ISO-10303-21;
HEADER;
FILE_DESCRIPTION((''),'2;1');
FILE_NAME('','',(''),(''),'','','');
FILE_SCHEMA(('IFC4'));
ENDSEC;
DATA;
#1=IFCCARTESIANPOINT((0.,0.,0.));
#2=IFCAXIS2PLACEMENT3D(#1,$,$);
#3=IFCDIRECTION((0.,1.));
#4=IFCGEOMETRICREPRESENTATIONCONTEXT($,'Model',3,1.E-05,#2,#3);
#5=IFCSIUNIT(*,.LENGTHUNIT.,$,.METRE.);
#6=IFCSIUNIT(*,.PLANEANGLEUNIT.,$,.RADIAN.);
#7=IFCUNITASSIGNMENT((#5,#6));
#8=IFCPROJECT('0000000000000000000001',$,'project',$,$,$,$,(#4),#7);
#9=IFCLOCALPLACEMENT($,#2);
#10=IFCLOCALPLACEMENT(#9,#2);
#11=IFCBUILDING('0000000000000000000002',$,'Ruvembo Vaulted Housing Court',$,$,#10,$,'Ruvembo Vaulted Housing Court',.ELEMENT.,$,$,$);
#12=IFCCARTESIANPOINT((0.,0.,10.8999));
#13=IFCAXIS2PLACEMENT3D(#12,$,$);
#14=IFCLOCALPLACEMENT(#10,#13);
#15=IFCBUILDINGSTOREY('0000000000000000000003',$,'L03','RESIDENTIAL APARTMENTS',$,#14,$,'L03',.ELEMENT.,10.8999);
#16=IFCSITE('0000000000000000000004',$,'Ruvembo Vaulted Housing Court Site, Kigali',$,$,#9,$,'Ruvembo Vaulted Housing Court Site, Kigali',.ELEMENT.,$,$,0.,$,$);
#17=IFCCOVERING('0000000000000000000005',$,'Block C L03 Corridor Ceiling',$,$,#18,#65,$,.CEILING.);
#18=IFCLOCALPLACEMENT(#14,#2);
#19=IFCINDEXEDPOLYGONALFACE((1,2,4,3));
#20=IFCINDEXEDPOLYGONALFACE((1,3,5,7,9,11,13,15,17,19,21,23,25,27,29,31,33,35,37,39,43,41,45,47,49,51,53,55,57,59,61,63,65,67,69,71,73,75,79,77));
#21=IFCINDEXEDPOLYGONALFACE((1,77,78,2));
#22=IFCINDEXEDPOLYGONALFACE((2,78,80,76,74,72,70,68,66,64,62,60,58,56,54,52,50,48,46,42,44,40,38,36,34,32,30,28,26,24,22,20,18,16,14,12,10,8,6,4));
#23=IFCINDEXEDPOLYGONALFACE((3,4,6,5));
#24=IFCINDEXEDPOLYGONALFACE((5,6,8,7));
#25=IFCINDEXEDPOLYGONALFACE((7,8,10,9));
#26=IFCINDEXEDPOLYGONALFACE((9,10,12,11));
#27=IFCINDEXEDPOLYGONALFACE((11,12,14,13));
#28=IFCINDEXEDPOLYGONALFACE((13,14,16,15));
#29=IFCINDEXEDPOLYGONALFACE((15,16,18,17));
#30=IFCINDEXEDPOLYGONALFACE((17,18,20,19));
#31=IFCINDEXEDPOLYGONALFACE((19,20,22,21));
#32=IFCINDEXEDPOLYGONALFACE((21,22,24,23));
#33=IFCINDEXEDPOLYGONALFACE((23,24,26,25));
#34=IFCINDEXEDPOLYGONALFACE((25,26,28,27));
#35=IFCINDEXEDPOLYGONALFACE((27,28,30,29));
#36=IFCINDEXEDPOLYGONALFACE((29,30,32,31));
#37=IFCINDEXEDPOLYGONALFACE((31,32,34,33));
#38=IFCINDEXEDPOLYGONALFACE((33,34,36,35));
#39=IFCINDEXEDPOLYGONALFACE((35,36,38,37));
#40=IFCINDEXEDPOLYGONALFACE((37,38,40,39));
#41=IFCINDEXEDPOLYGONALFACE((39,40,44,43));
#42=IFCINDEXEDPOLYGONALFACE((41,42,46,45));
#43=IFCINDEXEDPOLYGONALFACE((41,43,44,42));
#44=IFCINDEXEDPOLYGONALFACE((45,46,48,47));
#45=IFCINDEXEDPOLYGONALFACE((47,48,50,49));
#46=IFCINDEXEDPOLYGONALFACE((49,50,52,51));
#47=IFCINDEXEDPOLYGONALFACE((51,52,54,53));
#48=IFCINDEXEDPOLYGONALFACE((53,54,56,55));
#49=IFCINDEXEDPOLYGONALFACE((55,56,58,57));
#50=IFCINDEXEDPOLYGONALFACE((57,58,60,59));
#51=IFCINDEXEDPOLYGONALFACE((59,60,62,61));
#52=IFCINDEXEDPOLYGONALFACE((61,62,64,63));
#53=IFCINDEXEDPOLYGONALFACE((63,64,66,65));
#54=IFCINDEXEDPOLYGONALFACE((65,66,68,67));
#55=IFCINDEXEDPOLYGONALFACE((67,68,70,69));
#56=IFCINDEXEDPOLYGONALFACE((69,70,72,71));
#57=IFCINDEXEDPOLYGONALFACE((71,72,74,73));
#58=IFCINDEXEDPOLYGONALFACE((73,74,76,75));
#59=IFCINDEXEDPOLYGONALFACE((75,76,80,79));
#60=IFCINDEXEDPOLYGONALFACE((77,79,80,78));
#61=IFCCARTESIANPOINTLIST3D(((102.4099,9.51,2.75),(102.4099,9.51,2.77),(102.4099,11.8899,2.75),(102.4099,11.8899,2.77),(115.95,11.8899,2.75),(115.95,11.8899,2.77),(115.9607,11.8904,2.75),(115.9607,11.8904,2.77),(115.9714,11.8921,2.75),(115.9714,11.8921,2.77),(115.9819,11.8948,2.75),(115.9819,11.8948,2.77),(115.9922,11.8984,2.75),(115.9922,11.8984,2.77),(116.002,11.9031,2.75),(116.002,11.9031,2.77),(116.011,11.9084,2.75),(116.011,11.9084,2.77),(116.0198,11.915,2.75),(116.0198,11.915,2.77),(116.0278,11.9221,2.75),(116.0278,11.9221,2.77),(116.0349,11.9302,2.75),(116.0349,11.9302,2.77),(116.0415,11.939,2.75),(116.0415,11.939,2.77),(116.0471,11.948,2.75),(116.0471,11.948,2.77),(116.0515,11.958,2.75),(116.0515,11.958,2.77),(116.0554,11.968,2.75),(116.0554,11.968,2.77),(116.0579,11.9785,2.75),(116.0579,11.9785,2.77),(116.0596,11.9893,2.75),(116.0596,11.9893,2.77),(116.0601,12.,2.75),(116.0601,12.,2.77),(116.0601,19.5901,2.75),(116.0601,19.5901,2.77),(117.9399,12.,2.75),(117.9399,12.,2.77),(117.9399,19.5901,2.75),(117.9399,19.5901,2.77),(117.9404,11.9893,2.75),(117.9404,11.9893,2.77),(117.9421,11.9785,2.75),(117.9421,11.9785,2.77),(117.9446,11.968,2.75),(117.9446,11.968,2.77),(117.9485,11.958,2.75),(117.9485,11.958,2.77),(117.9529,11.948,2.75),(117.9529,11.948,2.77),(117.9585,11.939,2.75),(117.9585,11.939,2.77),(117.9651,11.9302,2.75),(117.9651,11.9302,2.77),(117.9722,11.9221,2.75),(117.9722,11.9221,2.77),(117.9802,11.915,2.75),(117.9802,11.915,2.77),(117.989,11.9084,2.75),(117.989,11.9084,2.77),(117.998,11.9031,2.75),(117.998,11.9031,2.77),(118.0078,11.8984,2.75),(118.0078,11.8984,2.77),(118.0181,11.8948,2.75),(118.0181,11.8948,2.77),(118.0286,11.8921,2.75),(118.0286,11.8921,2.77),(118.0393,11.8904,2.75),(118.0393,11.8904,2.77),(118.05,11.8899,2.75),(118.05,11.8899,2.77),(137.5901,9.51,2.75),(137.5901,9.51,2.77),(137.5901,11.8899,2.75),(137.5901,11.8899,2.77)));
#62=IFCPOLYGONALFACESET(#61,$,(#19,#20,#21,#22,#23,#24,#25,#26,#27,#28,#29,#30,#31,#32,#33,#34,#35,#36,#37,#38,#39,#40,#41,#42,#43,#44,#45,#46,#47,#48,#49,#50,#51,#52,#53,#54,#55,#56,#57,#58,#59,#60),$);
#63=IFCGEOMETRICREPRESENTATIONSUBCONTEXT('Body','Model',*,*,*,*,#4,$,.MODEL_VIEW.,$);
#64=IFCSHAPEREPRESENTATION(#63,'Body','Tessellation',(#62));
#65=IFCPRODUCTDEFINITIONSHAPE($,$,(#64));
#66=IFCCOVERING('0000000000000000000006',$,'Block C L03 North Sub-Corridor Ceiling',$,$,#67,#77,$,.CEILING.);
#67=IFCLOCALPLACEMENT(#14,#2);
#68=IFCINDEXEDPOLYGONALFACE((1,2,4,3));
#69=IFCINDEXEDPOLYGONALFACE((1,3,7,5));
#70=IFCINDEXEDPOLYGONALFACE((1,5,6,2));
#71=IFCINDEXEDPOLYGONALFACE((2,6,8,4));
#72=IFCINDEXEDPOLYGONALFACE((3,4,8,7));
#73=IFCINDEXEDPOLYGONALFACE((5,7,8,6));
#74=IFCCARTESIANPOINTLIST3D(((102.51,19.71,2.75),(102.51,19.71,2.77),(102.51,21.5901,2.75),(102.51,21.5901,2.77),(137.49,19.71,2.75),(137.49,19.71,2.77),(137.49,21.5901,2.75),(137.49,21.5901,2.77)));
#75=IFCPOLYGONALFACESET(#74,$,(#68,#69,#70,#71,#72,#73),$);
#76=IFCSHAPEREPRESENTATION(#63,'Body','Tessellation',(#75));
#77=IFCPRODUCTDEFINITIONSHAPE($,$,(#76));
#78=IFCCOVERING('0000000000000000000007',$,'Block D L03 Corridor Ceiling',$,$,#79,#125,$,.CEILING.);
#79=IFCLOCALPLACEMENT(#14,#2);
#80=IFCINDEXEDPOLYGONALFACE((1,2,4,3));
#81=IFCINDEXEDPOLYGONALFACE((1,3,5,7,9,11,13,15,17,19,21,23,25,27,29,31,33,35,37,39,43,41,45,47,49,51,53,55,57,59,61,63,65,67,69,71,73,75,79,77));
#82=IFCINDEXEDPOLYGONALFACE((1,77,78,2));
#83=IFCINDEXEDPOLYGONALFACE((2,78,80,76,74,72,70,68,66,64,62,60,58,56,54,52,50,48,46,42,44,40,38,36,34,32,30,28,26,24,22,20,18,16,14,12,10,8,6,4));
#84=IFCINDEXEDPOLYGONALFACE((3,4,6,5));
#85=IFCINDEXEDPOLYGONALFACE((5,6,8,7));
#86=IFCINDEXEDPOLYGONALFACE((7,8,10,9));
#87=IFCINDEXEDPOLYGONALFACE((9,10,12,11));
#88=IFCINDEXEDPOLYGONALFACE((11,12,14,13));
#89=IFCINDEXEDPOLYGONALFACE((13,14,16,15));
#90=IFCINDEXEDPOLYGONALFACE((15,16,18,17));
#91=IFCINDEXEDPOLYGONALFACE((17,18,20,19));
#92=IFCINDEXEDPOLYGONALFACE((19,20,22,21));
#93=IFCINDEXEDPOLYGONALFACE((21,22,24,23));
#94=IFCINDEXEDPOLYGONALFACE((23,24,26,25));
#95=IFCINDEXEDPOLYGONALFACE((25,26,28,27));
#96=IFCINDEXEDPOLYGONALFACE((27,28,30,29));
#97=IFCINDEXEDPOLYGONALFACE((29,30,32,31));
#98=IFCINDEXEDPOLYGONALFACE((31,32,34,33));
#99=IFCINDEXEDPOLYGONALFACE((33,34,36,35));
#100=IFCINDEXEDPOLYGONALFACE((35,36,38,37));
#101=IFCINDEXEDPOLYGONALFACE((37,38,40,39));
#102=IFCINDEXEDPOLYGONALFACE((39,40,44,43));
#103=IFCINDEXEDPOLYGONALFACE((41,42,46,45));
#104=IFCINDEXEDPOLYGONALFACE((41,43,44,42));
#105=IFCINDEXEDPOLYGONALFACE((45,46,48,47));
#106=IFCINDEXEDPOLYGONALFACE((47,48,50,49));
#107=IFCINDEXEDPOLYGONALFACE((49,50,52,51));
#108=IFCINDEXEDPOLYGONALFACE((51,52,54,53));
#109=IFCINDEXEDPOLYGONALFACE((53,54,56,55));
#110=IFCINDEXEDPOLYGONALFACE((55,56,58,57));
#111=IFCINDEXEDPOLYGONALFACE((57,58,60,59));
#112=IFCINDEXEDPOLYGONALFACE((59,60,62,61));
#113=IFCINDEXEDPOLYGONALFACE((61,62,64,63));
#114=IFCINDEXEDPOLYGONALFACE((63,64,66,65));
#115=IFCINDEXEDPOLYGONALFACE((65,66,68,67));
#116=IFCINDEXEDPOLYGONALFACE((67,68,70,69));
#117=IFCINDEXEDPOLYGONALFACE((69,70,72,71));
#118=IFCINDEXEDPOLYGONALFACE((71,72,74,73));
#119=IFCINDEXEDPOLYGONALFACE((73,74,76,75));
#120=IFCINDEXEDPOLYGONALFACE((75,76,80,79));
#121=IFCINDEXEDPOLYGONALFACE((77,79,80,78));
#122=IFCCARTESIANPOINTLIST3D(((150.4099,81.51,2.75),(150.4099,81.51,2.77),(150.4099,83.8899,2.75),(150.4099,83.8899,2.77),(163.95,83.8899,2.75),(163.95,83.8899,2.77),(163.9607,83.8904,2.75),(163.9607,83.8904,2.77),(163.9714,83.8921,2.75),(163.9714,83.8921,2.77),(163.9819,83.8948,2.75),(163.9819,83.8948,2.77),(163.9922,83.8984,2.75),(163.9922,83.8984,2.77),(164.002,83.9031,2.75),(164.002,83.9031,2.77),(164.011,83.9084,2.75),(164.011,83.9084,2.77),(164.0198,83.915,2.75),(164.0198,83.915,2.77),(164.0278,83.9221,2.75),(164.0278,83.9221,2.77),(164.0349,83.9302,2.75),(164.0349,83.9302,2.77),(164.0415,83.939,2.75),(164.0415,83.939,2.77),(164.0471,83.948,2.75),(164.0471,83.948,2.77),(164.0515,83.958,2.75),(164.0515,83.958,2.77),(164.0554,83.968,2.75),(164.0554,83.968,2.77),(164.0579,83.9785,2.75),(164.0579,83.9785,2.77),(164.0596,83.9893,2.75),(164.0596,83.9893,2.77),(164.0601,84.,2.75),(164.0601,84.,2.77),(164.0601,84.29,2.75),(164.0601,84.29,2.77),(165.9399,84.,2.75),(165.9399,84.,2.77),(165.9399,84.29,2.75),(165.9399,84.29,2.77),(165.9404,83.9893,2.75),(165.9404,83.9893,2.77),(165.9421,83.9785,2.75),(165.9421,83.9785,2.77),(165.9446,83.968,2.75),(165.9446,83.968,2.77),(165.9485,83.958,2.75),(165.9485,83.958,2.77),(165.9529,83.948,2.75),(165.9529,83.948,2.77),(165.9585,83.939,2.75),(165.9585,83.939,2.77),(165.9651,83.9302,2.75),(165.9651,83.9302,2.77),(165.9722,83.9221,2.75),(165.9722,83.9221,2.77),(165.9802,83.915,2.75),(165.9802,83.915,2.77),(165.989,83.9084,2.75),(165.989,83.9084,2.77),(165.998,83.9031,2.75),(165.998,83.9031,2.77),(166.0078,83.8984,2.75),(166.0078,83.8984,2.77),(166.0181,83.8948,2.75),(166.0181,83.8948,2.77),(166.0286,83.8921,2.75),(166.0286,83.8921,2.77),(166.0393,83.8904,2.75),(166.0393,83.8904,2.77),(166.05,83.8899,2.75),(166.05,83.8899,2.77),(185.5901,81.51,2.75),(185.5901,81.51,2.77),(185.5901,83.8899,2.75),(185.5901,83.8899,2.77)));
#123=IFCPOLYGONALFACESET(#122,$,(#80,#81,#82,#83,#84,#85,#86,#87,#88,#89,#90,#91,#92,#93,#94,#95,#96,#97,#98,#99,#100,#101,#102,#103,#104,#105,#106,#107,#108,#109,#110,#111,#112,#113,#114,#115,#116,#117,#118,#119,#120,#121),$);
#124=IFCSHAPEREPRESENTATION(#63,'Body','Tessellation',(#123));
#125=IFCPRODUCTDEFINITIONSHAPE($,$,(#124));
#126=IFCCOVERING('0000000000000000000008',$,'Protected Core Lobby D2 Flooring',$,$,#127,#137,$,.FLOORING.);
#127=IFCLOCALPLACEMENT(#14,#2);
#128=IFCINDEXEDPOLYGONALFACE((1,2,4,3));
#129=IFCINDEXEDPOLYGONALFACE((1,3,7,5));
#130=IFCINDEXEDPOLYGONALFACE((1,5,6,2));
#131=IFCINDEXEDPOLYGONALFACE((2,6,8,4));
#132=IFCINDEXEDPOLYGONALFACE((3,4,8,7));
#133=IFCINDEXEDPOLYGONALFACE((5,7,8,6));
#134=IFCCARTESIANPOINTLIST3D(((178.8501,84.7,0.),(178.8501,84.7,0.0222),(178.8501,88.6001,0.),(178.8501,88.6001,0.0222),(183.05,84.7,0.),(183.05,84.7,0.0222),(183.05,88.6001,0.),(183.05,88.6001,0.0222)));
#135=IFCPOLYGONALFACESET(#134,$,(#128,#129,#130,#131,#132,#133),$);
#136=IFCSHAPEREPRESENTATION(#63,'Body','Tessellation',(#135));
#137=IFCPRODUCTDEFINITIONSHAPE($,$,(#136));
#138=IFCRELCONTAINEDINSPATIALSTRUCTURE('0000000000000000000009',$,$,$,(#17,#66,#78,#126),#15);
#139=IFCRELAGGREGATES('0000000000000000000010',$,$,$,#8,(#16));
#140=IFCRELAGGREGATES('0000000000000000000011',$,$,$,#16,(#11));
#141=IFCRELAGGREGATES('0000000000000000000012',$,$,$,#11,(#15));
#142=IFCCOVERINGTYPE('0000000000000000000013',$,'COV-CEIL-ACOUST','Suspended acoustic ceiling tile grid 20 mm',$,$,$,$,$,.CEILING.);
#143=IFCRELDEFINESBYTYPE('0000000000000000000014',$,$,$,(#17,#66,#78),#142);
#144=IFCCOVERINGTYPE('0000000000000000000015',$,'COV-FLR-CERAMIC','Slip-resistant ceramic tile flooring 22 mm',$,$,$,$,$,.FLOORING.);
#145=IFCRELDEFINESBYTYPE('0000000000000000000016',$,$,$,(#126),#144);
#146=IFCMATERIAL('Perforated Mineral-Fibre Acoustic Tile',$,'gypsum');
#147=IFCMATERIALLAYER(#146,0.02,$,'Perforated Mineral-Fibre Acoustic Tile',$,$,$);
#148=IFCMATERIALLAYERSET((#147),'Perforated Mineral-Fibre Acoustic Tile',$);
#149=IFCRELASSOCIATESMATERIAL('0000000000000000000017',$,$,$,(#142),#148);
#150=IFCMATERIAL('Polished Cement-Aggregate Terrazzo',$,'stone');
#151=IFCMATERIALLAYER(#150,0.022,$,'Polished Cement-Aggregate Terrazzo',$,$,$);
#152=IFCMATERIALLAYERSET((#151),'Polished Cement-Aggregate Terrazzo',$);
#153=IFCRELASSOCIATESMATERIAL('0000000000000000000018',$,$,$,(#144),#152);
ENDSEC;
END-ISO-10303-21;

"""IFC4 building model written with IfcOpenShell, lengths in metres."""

from ifc_helpers import new_model, si_unit, direction, frame, origin, place, context, subcontext, project, spatial, polyline, outline, extrude, material, layer, layer_set, type_object, element, save


model = new_model("IFC4")

# Units and contexts
model_context = context("Model", 3, precision=1e-05, world=origin(), true_north=direction((0.0, 1.0)))
body_context = subcontext(model_context, "Body", "Model", "MODEL_VIEW")
ifc_project = project(units=[si_unit("LENGTHUNIT", "METRE"), si_unit("PLANEANGLEUNIT", "RADIAN")], contexts=[model_context])

# Site, building, storey
site_placement = place(None, origin())
site = spatial("IfcSite", under=ifc_project, at=site_placement, Name="Ruvembo Vaulted Housing Court Site, Kigali", LongName="Ruvembo Vaulted Housing Court Site, Kigali", CompositionType="ELEMENT", RefElevation=0.0)
building_placement = place(site_placement, origin())
building = spatial("IfcBuilding", under=site, at=building_placement, Name="Ruvembo Vaulted Housing Court", LongName="Ruvembo Vaulted Housing Court", CompositionType="ELEMENT")
storey_placement = place(building_placement, frame((0.0, 0.0, 10.8999)))
storey = spatial("IfcBuildingStorey", under=building, at=storey_placement, Name="L03", Description="RESIDENTIAL APARTMENTS", LongName="L03", CompositionType="ELEMENT", Elevation=10.8999)

# Coverings
ifc_material_1 = material(Name="Perforated Mineral-Fibre Acoustic Tile", Category="gypsum")
ifc_layer_1 = layer(ifc_material_1, 0.02, Name="Perforated Mineral-Fibre Acoustic Tile")
ifc_layer_set_1 = layer_set([ifc_layer_1], Name="Perforated Mineral-Fibre Acoustic Tile")
covering_type_1 = type_object("IfcCoveringType", Name="COV-CEIL-ACOUST", Description="Suspended acoustic ceiling tile grid 20 mm", PredefinedType="CEILING", material=ifc_layer_set_1)
covering_1_placement = place(storey_placement, frame((0.0, 0.0, 2.75)))
element("IfcCovering", 1, at=covering_1_placement, inside=storey, type_object=covering_type_1, Name="Block C L03 Corridor Ceiling", PredefinedType="CEILING", context=body_context, shape_type="SweptSolid", body=[
    extrude(outline(polyline([(137.5901, 9.51), (137.5901, 11.8899), (118.05, 11.8899), (118.0393, 11.8904), (118.0286, 11.8921), (118.0181, 11.8948), (118.0078, 11.8984), (117.998, 11.9031), (117.989, 11.9084), (117.9802, 11.915), (117.9722, 11.9221), (117.9651, 11.9302), (117.9585, 11.939), (117.9529, 11.948), (117.9485, 11.958), (117.9446, 11.968), (117.9421, 11.9785), (117.9404, 11.9893), (117.9399, 12.0), (117.9399, 19.5901), (116.0601, 19.5901), (116.0601, 12.0), (116.0596, 11.9893), (116.0579, 11.9785), (116.0554, 11.968), (116.0515, 11.958), (116.0471, 11.948), (116.0415, 11.939), (116.0349, 11.9302), (116.0278, 11.9221), (116.0198, 11.915), (116.011, 11.9084), (116.002, 11.9031), (115.9922, 11.8984), (115.9819, 11.8948), (115.9714, 11.8921), (115.9607, 11.8904), (115.95, 11.8899), (102.4099, 11.8899), (102.4099, 9.51), (137.5901, 9.51)])), origin(), (0.0, 0.0, 1.0), 0.02),
])
covering_2_placement = place(storey_placement, frame((0.0, 0.0, 2.75)))
element("IfcCovering", 2, at=covering_2_placement, inside=storey, type_object=covering_type_1, Name="Block C L03 North Sub-Corridor Ceiling", PredefinedType="CEILING", context=body_context, shape_type="SweptSolid", body=[
    extrude(outline(polyline([(102.51, 19.71), (137.49, 19.71), (137.49, 21.5901), (102.51, 21.5901), (102.51, 19.71)])), origin(), (0.0, 0.0, 1.0), 0.02),
])
covering_3_placement = place(storey_placement, frame((0.0, 0.0, 2.75)))
element("IfcCovering", 3, at=covering_3_placement, inside=storey, type_object=covering_type_1, Name="Block D L03 Corridor Ceiling", PredefinedType="CEILING", context=body_context, shape_type="SweptSolid", body=[
    extrude(outline(polyline([(185.5901, 81.51), (185.5901, 83.8899), (166.05, 83.8899), (166.0393, 83.8904), (166.0286, 83.8921), (166.0181, 83.8948), (166.0078, 83.8984), (165.998, 83.9031), (165.989, 83.9084), (165.9802, 83.915), (165.9722, 83.9221), (165.9651, 83.9302), (165.9585, 83.939), (165.9529, 83.948), (165.9485, 83.958), (165.9446, 83.968), (165.9421, 83.9785), (165.9404, 83.9893), (165.9399, 84.0), (165.9399, 84.29), (164.0601, 84.29), (164.0601, 84.0), (164.0596, 83.9893), (164.0579, 83.9785), (164.0554, 83.968), (164.0515, 83.958), (164.0471, 83.948), (164.0415, 83.939), (164.0349, 83.9302), (164.0278, 83.9221), (164.0198, 83.915), (164.011, 83.9084), (164.002, 83.9031), (163.9922, 83.8984), (163.9819, 83.8948), (163.9714, 83.8921), (163.9607, 83.8904), (163.95, 83.8899), (150.4099, 83.8899), (150.4099, 81.51), (185.5901, 81.51)])), origin(), (0.0, 0.0, 1.0), 0.02),
])
ifc_material_2 = material(Name="Polished Cement-Aggregate Terrazzo", Category="stone")
ifc_layer_2 = layer(ifc_material_2, 0.022, Name="Polished Cement-Aggregate Terrazzo")
ifc_layer_set_2 = layer_set([ifc_layer_2], Name="Polished Cement-Aggregate Terrazzo")
covering_type_2 = type_object("IfcCoveringType", Name="COV-FLR-CERAMIC", Description="Slip-resistant ceramic tile flooring 22 mm", PredefinedType="FLOORING", material=ifc_layer_set_2)
covering_4_placement = place(storey_placement, origin())
element("IfcCovering", 4, at=covering_4_placement, inside=storey, type_object=covering_type_2, Name="Protected Core Lobby D2 Flooring", PredefinedType="FLOORING", context=body_context, shape_type="SweptSolid", body=[
    extrude(outline(polyline([(183.05, 88.6001), (178.8501, 88.6001), (178.8501, 84.7), (183.05, 84.7), (183.05, 88.6001)])), origin(), (0.0, 0.0, 1.0), 0.0222),
])

save(model, "model.ifc")
